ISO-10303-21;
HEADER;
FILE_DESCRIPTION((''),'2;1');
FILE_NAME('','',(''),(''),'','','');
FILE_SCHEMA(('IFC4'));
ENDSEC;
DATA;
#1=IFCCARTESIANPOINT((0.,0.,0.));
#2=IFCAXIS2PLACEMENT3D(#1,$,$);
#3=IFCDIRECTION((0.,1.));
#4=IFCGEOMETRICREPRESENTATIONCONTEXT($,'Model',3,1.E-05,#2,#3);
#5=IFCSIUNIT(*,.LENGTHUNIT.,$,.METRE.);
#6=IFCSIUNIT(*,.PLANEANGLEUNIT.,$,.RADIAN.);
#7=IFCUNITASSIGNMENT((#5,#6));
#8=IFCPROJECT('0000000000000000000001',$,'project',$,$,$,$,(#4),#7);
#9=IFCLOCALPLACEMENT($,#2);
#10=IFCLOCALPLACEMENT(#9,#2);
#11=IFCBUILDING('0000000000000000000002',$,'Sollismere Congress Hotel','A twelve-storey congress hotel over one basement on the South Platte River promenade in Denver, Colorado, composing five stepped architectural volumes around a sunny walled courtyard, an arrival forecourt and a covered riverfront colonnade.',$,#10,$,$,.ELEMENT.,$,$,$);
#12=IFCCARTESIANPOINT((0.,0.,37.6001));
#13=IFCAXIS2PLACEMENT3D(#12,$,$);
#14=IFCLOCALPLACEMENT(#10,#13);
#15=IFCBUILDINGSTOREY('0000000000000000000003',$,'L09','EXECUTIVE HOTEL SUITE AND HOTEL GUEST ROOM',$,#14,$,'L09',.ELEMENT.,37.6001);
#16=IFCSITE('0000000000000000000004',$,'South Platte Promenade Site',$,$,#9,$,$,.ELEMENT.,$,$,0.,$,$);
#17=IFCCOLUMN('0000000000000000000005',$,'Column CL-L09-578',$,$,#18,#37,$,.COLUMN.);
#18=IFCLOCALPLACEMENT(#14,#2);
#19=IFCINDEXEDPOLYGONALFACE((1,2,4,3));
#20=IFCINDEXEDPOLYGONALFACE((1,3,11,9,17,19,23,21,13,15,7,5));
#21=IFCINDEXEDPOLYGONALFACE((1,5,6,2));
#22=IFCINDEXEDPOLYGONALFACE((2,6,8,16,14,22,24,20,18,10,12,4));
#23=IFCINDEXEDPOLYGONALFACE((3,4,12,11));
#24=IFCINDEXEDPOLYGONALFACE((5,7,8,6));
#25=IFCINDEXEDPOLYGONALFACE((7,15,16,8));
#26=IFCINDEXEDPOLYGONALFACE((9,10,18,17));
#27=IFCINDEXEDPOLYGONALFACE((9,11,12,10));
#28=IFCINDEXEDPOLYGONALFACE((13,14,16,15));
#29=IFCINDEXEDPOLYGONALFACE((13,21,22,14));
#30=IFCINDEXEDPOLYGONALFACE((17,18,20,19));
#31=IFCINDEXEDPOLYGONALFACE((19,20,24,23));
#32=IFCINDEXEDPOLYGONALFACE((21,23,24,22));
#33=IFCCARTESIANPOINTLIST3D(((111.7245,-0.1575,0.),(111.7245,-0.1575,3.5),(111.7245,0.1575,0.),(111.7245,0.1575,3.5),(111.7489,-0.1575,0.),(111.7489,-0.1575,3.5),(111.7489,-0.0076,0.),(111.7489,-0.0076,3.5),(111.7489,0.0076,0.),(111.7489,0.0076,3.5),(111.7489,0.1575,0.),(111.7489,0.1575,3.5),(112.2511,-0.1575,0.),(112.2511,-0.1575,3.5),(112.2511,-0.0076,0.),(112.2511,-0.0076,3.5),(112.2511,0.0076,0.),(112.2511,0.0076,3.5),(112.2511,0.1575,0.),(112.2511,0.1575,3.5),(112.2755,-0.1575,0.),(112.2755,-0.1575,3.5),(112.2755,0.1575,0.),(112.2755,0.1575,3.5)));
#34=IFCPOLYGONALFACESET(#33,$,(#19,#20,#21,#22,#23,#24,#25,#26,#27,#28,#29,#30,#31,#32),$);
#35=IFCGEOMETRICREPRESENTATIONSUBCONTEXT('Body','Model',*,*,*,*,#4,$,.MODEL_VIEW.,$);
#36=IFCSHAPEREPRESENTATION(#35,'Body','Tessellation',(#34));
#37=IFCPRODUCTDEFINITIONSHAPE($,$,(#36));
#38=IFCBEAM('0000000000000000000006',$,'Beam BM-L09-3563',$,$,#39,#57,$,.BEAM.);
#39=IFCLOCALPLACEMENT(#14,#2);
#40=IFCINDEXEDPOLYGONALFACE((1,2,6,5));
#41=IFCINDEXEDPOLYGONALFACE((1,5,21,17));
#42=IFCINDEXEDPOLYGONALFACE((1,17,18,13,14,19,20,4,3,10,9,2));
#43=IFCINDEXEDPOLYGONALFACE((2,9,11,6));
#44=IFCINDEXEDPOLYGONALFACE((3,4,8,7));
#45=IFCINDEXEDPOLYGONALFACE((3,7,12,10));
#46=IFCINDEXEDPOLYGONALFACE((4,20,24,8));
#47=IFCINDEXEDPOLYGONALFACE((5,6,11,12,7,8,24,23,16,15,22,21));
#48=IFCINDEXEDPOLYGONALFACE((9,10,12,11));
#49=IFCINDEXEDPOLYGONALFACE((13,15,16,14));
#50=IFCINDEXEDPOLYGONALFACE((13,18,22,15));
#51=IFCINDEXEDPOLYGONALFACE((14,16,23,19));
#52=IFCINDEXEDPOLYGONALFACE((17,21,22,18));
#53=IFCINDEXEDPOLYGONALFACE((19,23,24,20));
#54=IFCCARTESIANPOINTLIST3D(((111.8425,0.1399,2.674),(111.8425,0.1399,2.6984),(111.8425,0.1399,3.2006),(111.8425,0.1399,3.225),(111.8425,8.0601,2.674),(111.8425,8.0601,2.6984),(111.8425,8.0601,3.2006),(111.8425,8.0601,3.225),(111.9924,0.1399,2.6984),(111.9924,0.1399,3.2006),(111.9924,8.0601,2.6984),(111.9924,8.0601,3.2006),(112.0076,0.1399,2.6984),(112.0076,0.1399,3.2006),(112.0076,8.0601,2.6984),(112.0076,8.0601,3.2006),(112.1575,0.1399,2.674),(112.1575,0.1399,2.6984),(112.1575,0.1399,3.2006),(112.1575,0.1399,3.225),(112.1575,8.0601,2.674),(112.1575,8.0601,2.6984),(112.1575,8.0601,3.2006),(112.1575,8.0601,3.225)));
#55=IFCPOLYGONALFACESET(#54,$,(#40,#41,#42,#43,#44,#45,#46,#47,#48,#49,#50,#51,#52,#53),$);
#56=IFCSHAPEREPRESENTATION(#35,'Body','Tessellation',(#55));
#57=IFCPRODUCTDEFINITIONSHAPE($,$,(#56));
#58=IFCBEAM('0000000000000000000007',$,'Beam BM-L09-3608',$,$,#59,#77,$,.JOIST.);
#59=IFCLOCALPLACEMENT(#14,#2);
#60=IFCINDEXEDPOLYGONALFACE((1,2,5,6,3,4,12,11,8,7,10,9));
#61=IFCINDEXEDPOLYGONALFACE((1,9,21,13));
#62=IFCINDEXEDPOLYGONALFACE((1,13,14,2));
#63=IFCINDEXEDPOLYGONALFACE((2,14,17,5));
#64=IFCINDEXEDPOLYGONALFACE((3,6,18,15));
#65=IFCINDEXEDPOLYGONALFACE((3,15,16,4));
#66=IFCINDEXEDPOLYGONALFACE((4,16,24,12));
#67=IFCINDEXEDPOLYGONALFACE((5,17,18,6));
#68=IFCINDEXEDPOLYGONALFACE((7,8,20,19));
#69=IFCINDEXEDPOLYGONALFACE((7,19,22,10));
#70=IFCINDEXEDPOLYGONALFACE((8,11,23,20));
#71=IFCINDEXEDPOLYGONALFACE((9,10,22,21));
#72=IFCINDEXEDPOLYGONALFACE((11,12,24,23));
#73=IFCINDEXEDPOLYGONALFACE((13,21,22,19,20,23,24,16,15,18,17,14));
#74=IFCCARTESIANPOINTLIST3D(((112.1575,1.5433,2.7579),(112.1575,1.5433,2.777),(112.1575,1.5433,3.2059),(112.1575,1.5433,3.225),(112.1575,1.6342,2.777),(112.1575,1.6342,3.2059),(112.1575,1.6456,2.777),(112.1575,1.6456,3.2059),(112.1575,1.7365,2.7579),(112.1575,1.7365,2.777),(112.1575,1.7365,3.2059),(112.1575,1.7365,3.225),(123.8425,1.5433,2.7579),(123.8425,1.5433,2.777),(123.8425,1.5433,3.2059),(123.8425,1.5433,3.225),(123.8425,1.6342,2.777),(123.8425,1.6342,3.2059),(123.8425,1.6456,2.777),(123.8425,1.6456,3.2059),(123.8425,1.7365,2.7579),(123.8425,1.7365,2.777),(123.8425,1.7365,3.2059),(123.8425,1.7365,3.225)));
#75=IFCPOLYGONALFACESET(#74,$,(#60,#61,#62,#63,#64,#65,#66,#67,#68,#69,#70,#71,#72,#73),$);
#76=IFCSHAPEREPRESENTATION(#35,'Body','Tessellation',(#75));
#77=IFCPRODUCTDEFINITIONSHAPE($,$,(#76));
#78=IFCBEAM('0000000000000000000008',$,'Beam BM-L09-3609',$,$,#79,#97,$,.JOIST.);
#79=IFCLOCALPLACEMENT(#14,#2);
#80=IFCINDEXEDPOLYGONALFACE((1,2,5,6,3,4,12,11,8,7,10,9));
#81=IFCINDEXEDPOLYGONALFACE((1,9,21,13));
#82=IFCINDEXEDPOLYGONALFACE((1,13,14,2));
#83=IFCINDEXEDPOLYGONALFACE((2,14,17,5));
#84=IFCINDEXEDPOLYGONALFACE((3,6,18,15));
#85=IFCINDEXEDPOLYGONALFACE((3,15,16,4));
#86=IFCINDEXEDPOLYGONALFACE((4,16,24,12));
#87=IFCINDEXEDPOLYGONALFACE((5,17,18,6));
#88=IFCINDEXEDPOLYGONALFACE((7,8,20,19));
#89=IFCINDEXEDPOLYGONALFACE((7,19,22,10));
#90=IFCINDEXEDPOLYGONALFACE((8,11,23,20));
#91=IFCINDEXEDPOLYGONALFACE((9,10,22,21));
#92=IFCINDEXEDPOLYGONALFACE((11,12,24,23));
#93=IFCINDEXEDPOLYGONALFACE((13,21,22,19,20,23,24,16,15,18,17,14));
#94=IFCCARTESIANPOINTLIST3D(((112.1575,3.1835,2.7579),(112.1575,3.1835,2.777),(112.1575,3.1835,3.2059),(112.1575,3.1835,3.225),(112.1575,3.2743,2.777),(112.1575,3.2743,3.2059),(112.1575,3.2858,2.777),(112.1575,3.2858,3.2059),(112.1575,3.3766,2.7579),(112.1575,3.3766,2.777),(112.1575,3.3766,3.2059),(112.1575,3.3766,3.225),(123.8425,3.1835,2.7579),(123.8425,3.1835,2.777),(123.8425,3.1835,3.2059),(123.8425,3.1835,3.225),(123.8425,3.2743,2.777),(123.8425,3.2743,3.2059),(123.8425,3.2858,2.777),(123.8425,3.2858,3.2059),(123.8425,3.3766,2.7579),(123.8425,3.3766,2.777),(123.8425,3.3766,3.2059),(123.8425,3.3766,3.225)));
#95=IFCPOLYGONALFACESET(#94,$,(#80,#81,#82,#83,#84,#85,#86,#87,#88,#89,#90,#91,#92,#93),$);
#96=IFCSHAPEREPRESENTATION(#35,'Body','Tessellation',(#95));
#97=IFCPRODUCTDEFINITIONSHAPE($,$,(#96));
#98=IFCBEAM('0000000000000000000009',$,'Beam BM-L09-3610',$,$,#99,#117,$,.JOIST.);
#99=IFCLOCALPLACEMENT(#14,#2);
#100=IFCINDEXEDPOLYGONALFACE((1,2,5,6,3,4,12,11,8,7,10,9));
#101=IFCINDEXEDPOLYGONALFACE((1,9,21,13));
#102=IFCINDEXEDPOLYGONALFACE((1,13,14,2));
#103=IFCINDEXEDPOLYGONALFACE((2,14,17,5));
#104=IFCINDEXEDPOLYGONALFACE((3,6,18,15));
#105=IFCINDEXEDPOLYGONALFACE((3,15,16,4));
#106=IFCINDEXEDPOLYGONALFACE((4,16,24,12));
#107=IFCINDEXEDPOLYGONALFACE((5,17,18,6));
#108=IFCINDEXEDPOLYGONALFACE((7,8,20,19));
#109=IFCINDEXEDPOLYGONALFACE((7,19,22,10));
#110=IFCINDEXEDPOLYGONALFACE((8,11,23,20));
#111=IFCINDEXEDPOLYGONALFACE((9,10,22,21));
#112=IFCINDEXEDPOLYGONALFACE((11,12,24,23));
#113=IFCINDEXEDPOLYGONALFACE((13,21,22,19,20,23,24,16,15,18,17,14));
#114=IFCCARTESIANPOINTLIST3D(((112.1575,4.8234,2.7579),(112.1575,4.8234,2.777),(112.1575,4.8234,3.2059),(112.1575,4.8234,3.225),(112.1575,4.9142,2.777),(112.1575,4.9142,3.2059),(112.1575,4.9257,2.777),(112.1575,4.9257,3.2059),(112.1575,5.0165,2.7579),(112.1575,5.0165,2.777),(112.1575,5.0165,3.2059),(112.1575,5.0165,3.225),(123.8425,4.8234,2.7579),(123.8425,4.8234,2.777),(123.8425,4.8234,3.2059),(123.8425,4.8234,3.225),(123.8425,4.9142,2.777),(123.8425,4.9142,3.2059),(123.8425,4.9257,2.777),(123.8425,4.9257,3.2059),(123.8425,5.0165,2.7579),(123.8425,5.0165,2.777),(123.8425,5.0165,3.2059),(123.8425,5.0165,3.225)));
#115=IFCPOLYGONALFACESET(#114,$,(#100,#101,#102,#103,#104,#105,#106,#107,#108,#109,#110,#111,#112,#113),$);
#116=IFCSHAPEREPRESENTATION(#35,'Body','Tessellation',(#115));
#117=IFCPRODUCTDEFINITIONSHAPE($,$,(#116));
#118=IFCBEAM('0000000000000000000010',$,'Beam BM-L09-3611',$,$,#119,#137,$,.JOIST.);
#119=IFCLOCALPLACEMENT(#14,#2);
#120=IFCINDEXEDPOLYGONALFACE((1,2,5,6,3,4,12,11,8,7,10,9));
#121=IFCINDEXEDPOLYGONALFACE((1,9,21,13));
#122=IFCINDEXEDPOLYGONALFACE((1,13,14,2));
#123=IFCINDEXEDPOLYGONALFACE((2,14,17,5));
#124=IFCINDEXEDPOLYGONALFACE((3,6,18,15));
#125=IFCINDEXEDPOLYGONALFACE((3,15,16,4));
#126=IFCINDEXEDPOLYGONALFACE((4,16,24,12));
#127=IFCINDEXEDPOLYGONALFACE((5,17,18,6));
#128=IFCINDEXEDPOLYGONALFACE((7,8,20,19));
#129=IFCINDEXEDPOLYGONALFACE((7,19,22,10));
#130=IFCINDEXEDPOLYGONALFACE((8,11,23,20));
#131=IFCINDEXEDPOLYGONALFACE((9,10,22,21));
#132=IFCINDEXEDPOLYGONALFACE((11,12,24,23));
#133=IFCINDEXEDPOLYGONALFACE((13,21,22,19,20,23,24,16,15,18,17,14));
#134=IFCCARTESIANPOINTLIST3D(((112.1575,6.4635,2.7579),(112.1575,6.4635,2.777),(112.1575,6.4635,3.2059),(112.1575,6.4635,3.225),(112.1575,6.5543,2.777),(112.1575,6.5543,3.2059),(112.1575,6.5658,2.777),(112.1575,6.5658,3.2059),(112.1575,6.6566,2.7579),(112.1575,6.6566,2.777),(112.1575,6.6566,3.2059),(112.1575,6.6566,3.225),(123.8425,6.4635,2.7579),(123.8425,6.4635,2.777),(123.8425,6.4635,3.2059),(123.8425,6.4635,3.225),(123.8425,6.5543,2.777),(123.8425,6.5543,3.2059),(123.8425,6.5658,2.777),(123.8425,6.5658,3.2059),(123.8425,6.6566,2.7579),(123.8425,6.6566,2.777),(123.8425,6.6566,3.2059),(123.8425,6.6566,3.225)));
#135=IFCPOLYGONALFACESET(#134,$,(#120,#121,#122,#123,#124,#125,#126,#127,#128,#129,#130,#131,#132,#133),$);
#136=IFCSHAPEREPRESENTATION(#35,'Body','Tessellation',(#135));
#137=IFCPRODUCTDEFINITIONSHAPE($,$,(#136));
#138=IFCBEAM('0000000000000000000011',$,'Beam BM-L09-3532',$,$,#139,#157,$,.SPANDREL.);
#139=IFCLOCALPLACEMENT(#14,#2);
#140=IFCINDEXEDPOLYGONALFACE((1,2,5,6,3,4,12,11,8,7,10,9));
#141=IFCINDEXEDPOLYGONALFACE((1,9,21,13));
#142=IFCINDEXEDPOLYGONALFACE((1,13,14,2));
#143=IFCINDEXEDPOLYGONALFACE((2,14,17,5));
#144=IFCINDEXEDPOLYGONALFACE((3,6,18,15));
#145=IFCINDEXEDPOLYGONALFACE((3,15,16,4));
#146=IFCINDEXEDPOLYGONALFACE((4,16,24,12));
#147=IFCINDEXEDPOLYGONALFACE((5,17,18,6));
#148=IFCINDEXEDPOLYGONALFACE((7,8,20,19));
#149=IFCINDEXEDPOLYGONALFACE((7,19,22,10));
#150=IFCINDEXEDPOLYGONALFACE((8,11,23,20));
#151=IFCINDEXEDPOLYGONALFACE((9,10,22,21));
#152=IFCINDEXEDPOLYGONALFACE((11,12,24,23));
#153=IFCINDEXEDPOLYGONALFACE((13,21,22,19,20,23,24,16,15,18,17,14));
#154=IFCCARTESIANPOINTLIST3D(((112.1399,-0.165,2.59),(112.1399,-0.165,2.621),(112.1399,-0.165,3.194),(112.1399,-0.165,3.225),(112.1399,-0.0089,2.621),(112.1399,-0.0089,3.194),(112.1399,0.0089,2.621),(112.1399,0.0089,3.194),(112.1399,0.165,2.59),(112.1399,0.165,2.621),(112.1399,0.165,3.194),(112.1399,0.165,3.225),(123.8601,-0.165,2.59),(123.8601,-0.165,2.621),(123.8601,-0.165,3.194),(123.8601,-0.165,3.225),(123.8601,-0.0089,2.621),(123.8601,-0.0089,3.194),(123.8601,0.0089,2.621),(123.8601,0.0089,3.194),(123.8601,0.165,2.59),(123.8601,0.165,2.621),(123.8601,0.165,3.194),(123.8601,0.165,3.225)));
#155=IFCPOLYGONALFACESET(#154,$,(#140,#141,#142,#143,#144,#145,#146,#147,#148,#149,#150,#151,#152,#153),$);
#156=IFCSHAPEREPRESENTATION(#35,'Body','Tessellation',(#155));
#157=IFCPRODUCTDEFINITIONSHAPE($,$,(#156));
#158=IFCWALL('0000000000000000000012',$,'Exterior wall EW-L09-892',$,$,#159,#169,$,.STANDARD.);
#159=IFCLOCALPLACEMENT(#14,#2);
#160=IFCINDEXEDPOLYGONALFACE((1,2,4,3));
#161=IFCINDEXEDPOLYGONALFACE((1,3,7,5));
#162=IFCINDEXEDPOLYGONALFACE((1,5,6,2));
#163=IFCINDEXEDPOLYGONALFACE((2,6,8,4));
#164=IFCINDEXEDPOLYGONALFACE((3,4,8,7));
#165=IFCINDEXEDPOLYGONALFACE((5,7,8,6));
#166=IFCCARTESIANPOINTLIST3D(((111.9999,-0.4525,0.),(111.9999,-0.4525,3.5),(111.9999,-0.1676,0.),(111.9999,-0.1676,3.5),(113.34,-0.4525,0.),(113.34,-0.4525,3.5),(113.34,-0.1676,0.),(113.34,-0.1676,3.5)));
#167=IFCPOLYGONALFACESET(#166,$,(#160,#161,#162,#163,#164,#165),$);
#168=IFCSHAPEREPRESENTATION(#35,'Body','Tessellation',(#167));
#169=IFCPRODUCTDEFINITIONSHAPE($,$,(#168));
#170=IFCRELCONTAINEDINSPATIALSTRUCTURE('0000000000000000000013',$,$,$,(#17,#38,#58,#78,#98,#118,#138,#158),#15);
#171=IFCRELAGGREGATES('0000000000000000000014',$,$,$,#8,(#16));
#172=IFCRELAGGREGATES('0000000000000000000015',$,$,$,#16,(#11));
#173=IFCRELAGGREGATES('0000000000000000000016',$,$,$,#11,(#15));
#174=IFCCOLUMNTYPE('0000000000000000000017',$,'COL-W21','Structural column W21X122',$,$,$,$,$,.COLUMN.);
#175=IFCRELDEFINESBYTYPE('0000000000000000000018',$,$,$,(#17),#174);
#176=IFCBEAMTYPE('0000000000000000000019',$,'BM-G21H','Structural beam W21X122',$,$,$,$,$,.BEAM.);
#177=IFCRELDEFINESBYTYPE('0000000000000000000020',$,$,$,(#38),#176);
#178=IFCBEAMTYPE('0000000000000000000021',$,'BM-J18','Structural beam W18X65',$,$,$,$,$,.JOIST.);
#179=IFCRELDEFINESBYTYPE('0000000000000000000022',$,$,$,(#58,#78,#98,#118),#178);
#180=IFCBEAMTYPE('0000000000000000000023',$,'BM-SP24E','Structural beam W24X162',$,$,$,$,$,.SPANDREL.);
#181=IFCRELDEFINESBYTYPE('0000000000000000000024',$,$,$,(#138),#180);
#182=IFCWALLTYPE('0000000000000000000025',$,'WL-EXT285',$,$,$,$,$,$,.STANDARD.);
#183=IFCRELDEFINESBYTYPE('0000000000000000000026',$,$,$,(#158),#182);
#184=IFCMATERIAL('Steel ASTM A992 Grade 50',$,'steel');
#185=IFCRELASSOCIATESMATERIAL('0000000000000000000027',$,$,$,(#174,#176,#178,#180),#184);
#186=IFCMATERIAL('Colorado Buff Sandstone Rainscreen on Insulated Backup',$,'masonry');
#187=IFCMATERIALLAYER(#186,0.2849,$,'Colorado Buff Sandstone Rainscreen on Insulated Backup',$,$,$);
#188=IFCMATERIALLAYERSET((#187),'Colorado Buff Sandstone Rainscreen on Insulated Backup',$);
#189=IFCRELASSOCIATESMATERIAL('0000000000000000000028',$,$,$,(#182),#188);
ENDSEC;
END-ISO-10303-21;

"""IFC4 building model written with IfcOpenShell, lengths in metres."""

from ifc_helpers import new_model, si_unit, direction, frame, frame_2d, origin, origin_2d, place, context, subcontext, project, spatial, rectangle, i_section, extrude, material, layer, layer_set, material_profile, profile_set, type_object, element, save


model = new_model("IFC4")

# Units and contexts
model_context = context("Model", 3, precision=1e-05, world=origin(), true_north=direction((0.0, 1.0)))
body_context = subcontext(model_context, "Body", "Model", "MODEL_VIEW")
ifc_project = project(units=[si_unit("LENGTHUNIT", "METRE"), si_unit("PLANEANGLEUNIT", "RADIAN")], contexts=[model_context])

# Site, building, storey
site_placement = place(None, origin())
site = spatial("IfcSite", under=ifc_project, at=site_placement, Name="South Platte Promenade Site", CompositionType="ELEMENT", RefElevation=0.0)
building_placement = place(site_placement, origin())
building = spatial("IfcBuilding", under=site, at=building_placement, Name="Sollismere Congress Hotel", Description="A twelve-storey congress hotel over one basement on the South Platte River promenade in Denver, Colorado, composing five stepped architectural volumes around a sunny walled courtyard, an arrival forecourt and a covered riverfront colonnade.", CompositionType="ELEMENT")
storey_placement = place(building_placement, frame((0.0, 0.0, 37.6001)))
storey = spatial("IfcBuildingStorey", under=building, at=storey_placement, Name="L09", Description="EXECUTIVE HOTEL SUITE AND HOTEL GUEST ROOM", LongName="L09", CompositionType="ELEMENT", Elevation=37.6001)

# Column
ifc_material_1 = material(Name="Steel ASTM A992 Grade 50", Category="steel")
ifc_material_profile_1 = material_profile(ifc_material_1, i_section(OverallWidth=0.3149, OverallDepth=0.551, WebThickness=0.0151, FlangeThickness=0.0244, at=origin_2d()), Name="W21X122")
ifc_profile_set_1 = profile_set([ifc_material_profile_1], Name="Steel ASTM A992 Grade 50")
column_type = type_object("IfcColumnType", Name="COL-W21", Description="Structural column W21X122", PredefinedType="COLUMN", material=ifc_profile_set_1)
column_placement = place(storey_placement, frame((112.0, 0.0, 0.0), z_axis=(0.0, 0.0, 1.0), x_axis=(0.0, 1.0, 0.0)))
element("IfcColumn", 1, at=column_placement, inside=storey, type_object=column_type, Name="Column CL-L09-578", PredefinedType="COLUMN", context=body_context, shape_type="SweptSolid", body=[
    extrude(i_section(OverallWidth=0.3149, OverallDepth=0.551, WebThickness=0.0151, FlangeThickness=0.0244, at=origin_2d()), origin(), (0.0, 0.0, 1.0), 3.5),
])

# Beams
ifc_material_profile_2 = material_profile(ifc_material_1, i_section(OverallWidth=0.3149, OverallDepth=0.551, WebThickness=0.0151, FlangeThickness=0.0244, at=origin_2d()), Name="W21X122")
ifc_profile_set_2 = profile_set([ifc_material_profile_2], Name="Steel ASTM A992 Grade 50")
beam_type_1 = type_object("IfcBeamType", Name="BM-G21H", Description="Structural beam W21X122", PredefinedType="BEAM", material=ifc_profile_set_2)
beam_1_placement = place(storey_placement, frame((112.0, 0.1399, 2.9495), z_axis=(0.0, 1.0, 0.0), x_axis=(-1.0, 0.0, 0.0)))
element("IfcBeam", 2, at=beam_1_placement, inside=storey, type_object=beam_type_1, Name="Beam BM-L09-3563", PredefinedType="BEAM", context=body_context, shape_type="SweptSolid", body=[
    extrude(i_section(OverallWidth=0.3149, OverallDepth=0.551, WebThickness=0.0151, FlangeThickness=0.0244, at=origin_2d()), origin(), (0.0, 0.0, 1.0), 7.9202),
])
ifc_material_profile_3 = material_profile(ifc_material_1, i_section(OverallWidth=0.1931, OverallDepth=0.467, WebThickness=0.0115, FlangeThickness=0.019, at=origin_2d()), Name="W18X65")
ifc_profile_set_3 = profile_set([ifc_material_profile_3], Name="Steel ASTM A992 Grade 50")
beam_type_2 = type_object("IfcBeamType", Name="BM-J18", Description="Structural beam W18X65", PredefinedType="JOIST", material=ifc_profile_set_3)
for number, where, z_axis, x_axis, name in (
    (3, (112.1575, 1.6399, 2.9915), (1.0, 0.0, 0.0), (0.0, 1.0, 0.0), "Beam BM-L09-3608"),
    (4, (112.1575, 3.28, 2.9915), (1.0, 0.0, 0.0), (0.0, 1.0, 0.0), "Beam BM-L09-3609"),
    (5, (112.1575, 4.9199, 2.9915), (1.0, 0.0, 0.0), (0.0, 1.0, 0.0), "Beam BM-L09-3610"),
    (6, (112.1575, 6.5601, 2.9915), (1.0, 0.0, 0.0), (0.0, 1.0, 0.0), "Beam BM-L09-3611"),
):
    element("IfcBeam", number, at=place(storey_placement, frame(where, z_axis=z_axis, x_axis=x_axis)), inside=storey, type_object=beam_type_2, Name=name, PredefinedType="JOIST", context=body_context, shape_type="SweptSolid", body=[
        extrude(i_section(OverallWidth=0.1931, OverallDepth=0.467, WebThickness=0.0115, FlangeThickness=0.019, at=origin_2d()), origin(), (0.0, 0.0, 1.0), 11.6851),
    ])
ifc_material_profile_4 = material_profile(ifc_material_1, i_section(OverallWidth=0.3301, OverallDepth=0.635, WebThickness=0.0178, FlangeThickness=0.031, at=origin_2d()), Name="W24X162")
ifc_profile_set_4 = profile_set([ifc_material_profile_4], Name="Steel ASTM A992 Grade 50")
beam_type_3 = type_object("IfcBeamType", Name="BM-SP24E", Description="Structural beam W24X162", PredefinedType="SPANDREL", material=ifc_profile_set_4)
beam_2_placement = place(storey_placement, frame((112.1399, 0.0, 2.9075), z_axis=(1.0, 0.0, 0.0), x_axis=(0.0, 1.0, 0.0)))
element("IfcBeam", 7, at=beam_2_placement, inside=storey, type_object=beam_type_3, Name="Beam BM-L09-3532", PredefinedType="SPANDREL", context=body_context, shape_type="SweptSolid", body=[
    extrude(i_section(OverallWidth=0.3301, OverallDepth=0.635, WebThickness=0.0178, FlangeThickness=0.031, at=origin_2d()), origin(), (0.0, 0.0, 1.0), 11.7202),
])

# Wall
ifc_material_2 = material(Name="Colorado Buff Sandstone Rainscreen on Insulated Backup", Category="masonry")
ifc_layer_1 = layer(ifc_material_2, 0.2849, Name="Colorado Buff Sandstone Rainscreen on Insulated Backup")
ifc_layer_set_1 = layer_set([ifc_layer_1], Name="Colorado Buff Sandstone Rainscreen on Insulated Backup")
wall_type_1 = type_object("IfcWallType", Name="WL-EXT285", PredefinedType="STANDARD", material=ifc_layer_set_1)
wall_1_placement = place(storey_placement, frame((112.0, -0.3101, 0.0), z_axis=(0.0, 0.0, 1.0), x_axis=(1.0, 0.0, 0.0)))
element("IfcWall", 8, at=wall_1_placement, inside=storey, type_object=wall_type_1, Name="Exterior wall EW-L09-892", PredefinedType="STANDARD", context=body_context, shape_type="SweptSolid", body=[
    extrude(rectangle(XDim=1.3401, YDim=0.2849, at=frame_2d((0.6699, 0.0))), origin(), (0.0, 0.0, 1.0), 3.5),
])

save(model, "model.ifc")
